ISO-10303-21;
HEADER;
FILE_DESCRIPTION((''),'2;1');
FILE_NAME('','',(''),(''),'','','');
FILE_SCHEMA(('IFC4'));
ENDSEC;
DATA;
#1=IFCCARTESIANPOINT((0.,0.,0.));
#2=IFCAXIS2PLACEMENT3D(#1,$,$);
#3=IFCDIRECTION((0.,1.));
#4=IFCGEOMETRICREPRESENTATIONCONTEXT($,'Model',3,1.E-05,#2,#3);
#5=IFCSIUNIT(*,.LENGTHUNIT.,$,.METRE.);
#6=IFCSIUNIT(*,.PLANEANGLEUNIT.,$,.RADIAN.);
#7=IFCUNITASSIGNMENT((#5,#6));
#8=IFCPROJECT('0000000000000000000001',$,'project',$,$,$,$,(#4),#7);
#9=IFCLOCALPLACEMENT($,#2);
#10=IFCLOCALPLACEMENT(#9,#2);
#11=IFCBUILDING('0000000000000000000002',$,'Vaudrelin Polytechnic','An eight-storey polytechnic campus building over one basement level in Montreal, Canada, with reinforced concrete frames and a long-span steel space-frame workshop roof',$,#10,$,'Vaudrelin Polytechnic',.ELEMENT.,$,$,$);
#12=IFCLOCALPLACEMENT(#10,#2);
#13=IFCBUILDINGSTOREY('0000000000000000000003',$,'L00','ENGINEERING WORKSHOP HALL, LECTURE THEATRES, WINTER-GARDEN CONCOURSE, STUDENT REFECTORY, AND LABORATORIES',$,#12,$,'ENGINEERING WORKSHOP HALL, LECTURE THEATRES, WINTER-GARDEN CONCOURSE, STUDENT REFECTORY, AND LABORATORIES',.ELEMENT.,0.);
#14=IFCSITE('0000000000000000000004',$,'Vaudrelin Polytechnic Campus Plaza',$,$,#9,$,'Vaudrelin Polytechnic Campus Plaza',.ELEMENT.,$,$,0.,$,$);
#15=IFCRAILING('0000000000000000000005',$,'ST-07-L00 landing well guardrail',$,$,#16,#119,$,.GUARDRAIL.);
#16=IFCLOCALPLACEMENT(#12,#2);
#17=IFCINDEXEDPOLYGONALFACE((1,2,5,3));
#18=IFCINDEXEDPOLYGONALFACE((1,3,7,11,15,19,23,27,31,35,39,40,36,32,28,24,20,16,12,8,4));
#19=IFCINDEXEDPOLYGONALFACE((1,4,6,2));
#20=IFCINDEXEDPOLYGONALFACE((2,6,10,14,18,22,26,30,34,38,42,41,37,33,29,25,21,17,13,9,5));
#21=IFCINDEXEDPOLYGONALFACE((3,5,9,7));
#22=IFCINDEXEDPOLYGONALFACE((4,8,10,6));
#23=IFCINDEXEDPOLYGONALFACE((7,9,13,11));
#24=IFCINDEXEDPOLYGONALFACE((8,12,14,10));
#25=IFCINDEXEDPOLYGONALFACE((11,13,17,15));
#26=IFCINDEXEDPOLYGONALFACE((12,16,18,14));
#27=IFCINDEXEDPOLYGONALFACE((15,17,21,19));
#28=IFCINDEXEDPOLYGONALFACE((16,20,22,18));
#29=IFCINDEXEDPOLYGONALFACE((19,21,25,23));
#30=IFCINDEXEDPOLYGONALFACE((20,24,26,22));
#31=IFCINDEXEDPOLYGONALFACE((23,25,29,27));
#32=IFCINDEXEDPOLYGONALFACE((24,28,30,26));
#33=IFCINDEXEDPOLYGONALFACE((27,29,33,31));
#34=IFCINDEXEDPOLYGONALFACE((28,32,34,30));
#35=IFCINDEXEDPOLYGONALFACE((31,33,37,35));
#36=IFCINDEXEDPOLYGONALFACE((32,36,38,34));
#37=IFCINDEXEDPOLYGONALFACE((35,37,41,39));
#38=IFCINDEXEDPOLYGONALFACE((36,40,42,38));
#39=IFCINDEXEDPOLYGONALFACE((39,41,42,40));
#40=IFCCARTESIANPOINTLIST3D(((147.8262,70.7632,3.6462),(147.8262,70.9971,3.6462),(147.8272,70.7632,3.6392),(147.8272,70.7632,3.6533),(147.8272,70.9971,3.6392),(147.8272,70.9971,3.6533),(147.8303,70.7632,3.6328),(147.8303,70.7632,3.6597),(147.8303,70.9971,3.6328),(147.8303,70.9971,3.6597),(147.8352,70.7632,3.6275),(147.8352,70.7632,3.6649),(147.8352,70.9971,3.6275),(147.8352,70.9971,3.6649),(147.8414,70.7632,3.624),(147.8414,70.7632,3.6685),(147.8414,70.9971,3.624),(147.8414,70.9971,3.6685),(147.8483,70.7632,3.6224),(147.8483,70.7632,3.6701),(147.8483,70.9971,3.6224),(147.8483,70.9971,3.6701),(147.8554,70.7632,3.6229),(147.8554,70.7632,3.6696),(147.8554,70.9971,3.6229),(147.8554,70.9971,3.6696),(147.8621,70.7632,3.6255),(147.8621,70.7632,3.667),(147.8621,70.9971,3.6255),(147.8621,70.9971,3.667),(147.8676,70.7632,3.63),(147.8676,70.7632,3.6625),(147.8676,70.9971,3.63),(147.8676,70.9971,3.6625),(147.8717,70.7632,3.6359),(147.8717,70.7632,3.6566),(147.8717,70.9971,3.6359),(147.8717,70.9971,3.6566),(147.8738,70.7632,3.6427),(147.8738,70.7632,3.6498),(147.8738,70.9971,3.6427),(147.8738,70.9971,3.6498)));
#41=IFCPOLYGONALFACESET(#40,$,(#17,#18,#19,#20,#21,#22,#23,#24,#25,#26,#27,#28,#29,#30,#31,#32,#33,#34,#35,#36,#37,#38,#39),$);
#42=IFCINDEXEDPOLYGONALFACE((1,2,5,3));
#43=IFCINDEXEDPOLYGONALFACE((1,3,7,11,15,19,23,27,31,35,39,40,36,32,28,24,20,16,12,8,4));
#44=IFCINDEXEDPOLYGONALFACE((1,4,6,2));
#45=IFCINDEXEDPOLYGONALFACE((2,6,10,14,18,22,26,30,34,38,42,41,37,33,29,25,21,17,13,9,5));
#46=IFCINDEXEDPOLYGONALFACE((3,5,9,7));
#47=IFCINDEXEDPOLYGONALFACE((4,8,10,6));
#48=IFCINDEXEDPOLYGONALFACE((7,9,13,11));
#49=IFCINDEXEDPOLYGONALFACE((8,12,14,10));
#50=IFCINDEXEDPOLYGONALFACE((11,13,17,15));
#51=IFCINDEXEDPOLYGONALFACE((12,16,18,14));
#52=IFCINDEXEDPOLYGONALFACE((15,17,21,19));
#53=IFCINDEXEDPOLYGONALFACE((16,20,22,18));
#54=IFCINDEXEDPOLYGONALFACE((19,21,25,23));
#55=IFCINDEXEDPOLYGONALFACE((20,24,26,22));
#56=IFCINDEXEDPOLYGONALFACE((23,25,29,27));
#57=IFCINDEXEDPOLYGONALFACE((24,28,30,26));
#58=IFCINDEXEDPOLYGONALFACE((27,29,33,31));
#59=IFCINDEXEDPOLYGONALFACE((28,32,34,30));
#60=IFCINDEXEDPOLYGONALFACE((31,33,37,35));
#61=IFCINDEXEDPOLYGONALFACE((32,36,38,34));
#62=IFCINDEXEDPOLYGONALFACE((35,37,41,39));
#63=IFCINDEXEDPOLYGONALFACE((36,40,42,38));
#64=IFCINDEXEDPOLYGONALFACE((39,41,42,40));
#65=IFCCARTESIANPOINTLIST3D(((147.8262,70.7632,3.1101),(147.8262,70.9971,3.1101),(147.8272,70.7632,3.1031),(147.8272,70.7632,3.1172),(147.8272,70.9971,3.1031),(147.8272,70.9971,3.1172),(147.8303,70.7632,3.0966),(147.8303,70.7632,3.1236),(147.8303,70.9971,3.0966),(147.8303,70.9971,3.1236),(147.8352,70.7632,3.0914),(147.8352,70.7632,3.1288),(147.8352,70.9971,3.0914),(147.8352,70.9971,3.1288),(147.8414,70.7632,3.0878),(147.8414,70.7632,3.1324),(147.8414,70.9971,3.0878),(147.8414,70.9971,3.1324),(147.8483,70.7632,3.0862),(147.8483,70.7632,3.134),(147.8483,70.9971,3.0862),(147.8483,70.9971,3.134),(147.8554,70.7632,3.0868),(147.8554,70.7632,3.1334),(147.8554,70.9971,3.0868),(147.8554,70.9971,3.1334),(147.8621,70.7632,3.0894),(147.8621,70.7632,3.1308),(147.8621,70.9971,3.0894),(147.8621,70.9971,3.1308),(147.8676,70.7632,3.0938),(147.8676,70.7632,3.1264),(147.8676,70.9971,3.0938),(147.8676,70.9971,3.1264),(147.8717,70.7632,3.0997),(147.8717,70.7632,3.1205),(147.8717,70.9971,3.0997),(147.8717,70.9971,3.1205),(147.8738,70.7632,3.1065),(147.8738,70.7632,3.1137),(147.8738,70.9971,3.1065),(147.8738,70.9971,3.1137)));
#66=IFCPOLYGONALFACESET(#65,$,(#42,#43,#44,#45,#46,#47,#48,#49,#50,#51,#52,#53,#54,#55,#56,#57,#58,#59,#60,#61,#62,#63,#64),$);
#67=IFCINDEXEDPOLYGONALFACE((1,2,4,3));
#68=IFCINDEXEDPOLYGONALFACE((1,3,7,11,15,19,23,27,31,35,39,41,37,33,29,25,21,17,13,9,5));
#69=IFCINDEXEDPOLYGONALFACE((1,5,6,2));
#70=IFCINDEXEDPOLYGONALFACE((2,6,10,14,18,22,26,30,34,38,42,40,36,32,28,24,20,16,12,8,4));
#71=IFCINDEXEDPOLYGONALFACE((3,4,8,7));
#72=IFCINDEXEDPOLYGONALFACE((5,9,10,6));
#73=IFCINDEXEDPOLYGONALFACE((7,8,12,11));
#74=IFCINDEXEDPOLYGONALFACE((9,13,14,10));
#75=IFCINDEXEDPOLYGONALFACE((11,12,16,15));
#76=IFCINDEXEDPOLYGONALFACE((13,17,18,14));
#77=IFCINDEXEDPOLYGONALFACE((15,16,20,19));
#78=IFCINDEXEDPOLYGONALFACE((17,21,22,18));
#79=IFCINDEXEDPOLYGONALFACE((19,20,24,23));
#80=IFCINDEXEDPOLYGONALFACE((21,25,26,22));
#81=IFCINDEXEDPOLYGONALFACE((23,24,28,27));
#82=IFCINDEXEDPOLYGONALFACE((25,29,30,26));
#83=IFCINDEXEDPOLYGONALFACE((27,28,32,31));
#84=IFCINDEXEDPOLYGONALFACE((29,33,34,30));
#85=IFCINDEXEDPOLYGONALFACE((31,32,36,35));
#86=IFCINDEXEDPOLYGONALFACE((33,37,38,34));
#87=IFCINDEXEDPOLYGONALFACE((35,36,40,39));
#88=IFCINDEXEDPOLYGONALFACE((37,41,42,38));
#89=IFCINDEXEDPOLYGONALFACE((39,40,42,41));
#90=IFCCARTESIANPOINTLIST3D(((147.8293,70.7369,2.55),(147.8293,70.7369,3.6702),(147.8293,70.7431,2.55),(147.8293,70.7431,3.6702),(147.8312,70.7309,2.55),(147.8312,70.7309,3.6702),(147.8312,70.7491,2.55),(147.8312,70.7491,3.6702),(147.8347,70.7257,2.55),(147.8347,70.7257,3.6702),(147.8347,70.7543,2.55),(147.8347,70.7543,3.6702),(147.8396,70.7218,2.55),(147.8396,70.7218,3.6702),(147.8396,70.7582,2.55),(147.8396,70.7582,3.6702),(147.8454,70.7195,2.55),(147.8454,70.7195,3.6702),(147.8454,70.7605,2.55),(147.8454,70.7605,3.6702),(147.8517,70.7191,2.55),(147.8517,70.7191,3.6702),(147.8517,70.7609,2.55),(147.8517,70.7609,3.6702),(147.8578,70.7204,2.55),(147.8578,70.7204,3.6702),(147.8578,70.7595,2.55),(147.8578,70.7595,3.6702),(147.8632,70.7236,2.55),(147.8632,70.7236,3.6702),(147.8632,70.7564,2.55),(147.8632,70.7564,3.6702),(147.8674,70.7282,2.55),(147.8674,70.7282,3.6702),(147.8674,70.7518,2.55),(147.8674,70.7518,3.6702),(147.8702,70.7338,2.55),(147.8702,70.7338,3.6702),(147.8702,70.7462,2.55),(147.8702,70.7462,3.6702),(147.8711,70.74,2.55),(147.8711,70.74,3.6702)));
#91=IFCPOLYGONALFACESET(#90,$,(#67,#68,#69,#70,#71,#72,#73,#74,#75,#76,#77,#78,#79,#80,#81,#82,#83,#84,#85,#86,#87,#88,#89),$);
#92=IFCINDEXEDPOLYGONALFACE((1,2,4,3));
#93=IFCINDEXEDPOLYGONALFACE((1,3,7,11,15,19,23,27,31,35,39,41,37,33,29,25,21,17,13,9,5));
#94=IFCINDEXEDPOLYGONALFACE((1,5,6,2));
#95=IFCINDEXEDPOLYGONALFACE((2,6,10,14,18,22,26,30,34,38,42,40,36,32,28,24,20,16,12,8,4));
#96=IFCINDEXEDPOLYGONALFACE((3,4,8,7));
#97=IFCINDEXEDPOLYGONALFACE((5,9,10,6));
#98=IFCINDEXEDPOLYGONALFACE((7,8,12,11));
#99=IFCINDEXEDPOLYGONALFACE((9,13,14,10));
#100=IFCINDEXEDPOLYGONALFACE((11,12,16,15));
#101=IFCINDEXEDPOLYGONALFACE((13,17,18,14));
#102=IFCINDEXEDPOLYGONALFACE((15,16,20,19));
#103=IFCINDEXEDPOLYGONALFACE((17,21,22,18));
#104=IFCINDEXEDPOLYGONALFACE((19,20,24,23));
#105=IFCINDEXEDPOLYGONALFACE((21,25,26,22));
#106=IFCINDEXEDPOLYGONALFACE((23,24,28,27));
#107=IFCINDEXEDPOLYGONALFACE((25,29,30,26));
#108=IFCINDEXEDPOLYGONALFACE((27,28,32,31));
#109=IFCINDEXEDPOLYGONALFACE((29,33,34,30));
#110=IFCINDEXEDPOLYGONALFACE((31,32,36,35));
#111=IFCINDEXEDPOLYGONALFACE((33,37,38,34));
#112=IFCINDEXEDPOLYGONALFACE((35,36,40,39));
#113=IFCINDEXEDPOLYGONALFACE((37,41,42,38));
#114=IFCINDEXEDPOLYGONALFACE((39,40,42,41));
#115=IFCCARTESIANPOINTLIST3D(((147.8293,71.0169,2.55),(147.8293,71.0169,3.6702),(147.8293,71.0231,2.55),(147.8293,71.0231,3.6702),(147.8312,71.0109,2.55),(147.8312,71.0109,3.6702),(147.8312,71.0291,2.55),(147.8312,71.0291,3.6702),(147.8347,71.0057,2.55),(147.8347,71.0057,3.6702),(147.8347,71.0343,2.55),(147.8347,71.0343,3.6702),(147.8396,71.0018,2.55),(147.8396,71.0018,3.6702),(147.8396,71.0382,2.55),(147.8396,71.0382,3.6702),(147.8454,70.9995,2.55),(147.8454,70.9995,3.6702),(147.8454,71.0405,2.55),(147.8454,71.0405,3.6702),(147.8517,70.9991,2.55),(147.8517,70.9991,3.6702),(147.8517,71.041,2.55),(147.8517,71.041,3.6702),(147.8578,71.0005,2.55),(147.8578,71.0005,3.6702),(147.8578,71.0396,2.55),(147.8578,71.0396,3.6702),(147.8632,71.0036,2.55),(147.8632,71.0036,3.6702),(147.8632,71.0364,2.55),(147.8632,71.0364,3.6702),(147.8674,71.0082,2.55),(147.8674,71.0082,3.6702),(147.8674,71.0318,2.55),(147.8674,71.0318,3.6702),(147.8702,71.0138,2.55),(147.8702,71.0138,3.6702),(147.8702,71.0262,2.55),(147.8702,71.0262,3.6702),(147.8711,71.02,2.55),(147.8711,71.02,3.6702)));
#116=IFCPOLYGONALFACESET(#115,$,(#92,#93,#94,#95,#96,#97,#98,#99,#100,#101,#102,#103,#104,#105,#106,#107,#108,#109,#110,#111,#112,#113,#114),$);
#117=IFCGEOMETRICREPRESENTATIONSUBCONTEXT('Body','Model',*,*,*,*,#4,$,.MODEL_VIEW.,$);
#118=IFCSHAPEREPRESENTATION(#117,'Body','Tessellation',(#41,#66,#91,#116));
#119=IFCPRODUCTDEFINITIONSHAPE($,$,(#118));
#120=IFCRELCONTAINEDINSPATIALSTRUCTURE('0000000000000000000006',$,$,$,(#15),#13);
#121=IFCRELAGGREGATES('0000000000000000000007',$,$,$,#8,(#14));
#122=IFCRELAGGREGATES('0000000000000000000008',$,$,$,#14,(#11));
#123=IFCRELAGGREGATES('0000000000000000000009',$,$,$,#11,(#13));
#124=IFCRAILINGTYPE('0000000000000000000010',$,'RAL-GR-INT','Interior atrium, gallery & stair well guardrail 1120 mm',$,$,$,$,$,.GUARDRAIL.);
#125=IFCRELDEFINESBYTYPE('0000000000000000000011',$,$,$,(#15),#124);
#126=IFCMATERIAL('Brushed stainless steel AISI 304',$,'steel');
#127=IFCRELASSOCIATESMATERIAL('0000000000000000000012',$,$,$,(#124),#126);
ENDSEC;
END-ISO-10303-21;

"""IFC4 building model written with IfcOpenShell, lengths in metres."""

from ifc_helpers import new_model, si_unit, direction, frame, origin, origin_2d, place, context, subcontext, project, spatial, circle, extrude, material, type_object, element, save


model = new_model("IFC4")

# Units and contexts
model_context = context("Model", 3, precision=1e-05, world=origin(), true_north=direction((0.0, 1.0)))
body_context = subcontext(model_context, "Body", "Model", "MODEL_VIEW")
ifc_project = project(units=[si_unit("LENGTHUNIT", "METRE"), si_unit("PLANEANGLEUNIT", "RADIAN")], contexts=[model_context])

# Site, building, storey
site_placement = place(None, origin())
site = spatial("IfcSite", under=ifc_project, at=site_placement, Name="Vaudrelin Polytechnic Campus Plaza", LongName="Vaudrelin Polytechnic Campus Plaza", CompositionType="ELEMENT", RefElevation=0.0)
building_placement = place(site_placement, origin())
building = spatial("IfcBuilding", under=site, at=building_placement, Name="Vaudrelin Polytechnic", Description="An eight-storey polytechnic campus building over one basement level in Montreal, Canada, with reinforced concrete frames and a long-span steel space-frame workshop roof", LongName="Vaudrelin Polytechnic", CompositionType="ELEMENT")
storey_placement = place(building_placement, origin())
storey = spatial("IfcBuildingStorey", under=building, at=storey_placement, Name="L00", Description="ENGINEERING WORKSHOP HALL, LECTURE THEATRES, WINTER-GARDEN CONCOURSE, STUDENT REFECTORY, AND LABORATORIES", LongName="ENGINEERING WORKSHOP HALL, LECTURE THEATRES, WINTER-GARDEN CONCOURSE, STUDENT REFECTORY, AND LABORATORIES", CompositionType="ELEMENT", Elevation=0.0)

# Railing
ifc_material_1 = material(Name="Brushed stainless steel AISI 304", Category="steel")
railing_type_1 = type_object("IfcRailingType", Name="RAL-GR-INT", Description="Interior atrium, gallery & stair well guardrail 1120 mm", PredefinedType="GUARDRAIL", material=ifc_material_1)
railing_1_placement = place(storey_placement, frame((147.8501, 70.74, 2.55)))
element("IfcRailing", 1, at=railing_1_placement, inside=storey, type_object=railing_type_1, Name="ST-07-L00 landing well guardrail", PredefinedType="GUARDRAIL", context=body_context, shape_type="SweptSolid", body=[
    extrude(circle(Radius=0.0239, at=origin_2d()), frame((0.0, 0.0232, 1.0962), z_axis=(0.0, 1.0, 0.0), x_axis=(-1.0, 0.0, 0.0)), (0.0, 0.0, 1.0), 0.2339),
    extrude(circle(Radius=0.0239, at=origin_2d()), frame((0.0, 0.0232, 0.5601), z_axis=(0.0, 1.0, 0.0), x_axis=(-1.0, 0.0, 0.0)), (0.0, 0.0, 1.0), 0.2339),
    extrude(circle(Radius=0.021, at=origin_2d()), origin(), (0.0, 0.0, 1.0), 1.1201),
    extrude(circle(Radius=0.021, at=origin_2d()), frame((0.0, 0.28, 0.0)), (0.0, 0.0, 1.0), 1.1201),
])

save(model, "model.ifc")
